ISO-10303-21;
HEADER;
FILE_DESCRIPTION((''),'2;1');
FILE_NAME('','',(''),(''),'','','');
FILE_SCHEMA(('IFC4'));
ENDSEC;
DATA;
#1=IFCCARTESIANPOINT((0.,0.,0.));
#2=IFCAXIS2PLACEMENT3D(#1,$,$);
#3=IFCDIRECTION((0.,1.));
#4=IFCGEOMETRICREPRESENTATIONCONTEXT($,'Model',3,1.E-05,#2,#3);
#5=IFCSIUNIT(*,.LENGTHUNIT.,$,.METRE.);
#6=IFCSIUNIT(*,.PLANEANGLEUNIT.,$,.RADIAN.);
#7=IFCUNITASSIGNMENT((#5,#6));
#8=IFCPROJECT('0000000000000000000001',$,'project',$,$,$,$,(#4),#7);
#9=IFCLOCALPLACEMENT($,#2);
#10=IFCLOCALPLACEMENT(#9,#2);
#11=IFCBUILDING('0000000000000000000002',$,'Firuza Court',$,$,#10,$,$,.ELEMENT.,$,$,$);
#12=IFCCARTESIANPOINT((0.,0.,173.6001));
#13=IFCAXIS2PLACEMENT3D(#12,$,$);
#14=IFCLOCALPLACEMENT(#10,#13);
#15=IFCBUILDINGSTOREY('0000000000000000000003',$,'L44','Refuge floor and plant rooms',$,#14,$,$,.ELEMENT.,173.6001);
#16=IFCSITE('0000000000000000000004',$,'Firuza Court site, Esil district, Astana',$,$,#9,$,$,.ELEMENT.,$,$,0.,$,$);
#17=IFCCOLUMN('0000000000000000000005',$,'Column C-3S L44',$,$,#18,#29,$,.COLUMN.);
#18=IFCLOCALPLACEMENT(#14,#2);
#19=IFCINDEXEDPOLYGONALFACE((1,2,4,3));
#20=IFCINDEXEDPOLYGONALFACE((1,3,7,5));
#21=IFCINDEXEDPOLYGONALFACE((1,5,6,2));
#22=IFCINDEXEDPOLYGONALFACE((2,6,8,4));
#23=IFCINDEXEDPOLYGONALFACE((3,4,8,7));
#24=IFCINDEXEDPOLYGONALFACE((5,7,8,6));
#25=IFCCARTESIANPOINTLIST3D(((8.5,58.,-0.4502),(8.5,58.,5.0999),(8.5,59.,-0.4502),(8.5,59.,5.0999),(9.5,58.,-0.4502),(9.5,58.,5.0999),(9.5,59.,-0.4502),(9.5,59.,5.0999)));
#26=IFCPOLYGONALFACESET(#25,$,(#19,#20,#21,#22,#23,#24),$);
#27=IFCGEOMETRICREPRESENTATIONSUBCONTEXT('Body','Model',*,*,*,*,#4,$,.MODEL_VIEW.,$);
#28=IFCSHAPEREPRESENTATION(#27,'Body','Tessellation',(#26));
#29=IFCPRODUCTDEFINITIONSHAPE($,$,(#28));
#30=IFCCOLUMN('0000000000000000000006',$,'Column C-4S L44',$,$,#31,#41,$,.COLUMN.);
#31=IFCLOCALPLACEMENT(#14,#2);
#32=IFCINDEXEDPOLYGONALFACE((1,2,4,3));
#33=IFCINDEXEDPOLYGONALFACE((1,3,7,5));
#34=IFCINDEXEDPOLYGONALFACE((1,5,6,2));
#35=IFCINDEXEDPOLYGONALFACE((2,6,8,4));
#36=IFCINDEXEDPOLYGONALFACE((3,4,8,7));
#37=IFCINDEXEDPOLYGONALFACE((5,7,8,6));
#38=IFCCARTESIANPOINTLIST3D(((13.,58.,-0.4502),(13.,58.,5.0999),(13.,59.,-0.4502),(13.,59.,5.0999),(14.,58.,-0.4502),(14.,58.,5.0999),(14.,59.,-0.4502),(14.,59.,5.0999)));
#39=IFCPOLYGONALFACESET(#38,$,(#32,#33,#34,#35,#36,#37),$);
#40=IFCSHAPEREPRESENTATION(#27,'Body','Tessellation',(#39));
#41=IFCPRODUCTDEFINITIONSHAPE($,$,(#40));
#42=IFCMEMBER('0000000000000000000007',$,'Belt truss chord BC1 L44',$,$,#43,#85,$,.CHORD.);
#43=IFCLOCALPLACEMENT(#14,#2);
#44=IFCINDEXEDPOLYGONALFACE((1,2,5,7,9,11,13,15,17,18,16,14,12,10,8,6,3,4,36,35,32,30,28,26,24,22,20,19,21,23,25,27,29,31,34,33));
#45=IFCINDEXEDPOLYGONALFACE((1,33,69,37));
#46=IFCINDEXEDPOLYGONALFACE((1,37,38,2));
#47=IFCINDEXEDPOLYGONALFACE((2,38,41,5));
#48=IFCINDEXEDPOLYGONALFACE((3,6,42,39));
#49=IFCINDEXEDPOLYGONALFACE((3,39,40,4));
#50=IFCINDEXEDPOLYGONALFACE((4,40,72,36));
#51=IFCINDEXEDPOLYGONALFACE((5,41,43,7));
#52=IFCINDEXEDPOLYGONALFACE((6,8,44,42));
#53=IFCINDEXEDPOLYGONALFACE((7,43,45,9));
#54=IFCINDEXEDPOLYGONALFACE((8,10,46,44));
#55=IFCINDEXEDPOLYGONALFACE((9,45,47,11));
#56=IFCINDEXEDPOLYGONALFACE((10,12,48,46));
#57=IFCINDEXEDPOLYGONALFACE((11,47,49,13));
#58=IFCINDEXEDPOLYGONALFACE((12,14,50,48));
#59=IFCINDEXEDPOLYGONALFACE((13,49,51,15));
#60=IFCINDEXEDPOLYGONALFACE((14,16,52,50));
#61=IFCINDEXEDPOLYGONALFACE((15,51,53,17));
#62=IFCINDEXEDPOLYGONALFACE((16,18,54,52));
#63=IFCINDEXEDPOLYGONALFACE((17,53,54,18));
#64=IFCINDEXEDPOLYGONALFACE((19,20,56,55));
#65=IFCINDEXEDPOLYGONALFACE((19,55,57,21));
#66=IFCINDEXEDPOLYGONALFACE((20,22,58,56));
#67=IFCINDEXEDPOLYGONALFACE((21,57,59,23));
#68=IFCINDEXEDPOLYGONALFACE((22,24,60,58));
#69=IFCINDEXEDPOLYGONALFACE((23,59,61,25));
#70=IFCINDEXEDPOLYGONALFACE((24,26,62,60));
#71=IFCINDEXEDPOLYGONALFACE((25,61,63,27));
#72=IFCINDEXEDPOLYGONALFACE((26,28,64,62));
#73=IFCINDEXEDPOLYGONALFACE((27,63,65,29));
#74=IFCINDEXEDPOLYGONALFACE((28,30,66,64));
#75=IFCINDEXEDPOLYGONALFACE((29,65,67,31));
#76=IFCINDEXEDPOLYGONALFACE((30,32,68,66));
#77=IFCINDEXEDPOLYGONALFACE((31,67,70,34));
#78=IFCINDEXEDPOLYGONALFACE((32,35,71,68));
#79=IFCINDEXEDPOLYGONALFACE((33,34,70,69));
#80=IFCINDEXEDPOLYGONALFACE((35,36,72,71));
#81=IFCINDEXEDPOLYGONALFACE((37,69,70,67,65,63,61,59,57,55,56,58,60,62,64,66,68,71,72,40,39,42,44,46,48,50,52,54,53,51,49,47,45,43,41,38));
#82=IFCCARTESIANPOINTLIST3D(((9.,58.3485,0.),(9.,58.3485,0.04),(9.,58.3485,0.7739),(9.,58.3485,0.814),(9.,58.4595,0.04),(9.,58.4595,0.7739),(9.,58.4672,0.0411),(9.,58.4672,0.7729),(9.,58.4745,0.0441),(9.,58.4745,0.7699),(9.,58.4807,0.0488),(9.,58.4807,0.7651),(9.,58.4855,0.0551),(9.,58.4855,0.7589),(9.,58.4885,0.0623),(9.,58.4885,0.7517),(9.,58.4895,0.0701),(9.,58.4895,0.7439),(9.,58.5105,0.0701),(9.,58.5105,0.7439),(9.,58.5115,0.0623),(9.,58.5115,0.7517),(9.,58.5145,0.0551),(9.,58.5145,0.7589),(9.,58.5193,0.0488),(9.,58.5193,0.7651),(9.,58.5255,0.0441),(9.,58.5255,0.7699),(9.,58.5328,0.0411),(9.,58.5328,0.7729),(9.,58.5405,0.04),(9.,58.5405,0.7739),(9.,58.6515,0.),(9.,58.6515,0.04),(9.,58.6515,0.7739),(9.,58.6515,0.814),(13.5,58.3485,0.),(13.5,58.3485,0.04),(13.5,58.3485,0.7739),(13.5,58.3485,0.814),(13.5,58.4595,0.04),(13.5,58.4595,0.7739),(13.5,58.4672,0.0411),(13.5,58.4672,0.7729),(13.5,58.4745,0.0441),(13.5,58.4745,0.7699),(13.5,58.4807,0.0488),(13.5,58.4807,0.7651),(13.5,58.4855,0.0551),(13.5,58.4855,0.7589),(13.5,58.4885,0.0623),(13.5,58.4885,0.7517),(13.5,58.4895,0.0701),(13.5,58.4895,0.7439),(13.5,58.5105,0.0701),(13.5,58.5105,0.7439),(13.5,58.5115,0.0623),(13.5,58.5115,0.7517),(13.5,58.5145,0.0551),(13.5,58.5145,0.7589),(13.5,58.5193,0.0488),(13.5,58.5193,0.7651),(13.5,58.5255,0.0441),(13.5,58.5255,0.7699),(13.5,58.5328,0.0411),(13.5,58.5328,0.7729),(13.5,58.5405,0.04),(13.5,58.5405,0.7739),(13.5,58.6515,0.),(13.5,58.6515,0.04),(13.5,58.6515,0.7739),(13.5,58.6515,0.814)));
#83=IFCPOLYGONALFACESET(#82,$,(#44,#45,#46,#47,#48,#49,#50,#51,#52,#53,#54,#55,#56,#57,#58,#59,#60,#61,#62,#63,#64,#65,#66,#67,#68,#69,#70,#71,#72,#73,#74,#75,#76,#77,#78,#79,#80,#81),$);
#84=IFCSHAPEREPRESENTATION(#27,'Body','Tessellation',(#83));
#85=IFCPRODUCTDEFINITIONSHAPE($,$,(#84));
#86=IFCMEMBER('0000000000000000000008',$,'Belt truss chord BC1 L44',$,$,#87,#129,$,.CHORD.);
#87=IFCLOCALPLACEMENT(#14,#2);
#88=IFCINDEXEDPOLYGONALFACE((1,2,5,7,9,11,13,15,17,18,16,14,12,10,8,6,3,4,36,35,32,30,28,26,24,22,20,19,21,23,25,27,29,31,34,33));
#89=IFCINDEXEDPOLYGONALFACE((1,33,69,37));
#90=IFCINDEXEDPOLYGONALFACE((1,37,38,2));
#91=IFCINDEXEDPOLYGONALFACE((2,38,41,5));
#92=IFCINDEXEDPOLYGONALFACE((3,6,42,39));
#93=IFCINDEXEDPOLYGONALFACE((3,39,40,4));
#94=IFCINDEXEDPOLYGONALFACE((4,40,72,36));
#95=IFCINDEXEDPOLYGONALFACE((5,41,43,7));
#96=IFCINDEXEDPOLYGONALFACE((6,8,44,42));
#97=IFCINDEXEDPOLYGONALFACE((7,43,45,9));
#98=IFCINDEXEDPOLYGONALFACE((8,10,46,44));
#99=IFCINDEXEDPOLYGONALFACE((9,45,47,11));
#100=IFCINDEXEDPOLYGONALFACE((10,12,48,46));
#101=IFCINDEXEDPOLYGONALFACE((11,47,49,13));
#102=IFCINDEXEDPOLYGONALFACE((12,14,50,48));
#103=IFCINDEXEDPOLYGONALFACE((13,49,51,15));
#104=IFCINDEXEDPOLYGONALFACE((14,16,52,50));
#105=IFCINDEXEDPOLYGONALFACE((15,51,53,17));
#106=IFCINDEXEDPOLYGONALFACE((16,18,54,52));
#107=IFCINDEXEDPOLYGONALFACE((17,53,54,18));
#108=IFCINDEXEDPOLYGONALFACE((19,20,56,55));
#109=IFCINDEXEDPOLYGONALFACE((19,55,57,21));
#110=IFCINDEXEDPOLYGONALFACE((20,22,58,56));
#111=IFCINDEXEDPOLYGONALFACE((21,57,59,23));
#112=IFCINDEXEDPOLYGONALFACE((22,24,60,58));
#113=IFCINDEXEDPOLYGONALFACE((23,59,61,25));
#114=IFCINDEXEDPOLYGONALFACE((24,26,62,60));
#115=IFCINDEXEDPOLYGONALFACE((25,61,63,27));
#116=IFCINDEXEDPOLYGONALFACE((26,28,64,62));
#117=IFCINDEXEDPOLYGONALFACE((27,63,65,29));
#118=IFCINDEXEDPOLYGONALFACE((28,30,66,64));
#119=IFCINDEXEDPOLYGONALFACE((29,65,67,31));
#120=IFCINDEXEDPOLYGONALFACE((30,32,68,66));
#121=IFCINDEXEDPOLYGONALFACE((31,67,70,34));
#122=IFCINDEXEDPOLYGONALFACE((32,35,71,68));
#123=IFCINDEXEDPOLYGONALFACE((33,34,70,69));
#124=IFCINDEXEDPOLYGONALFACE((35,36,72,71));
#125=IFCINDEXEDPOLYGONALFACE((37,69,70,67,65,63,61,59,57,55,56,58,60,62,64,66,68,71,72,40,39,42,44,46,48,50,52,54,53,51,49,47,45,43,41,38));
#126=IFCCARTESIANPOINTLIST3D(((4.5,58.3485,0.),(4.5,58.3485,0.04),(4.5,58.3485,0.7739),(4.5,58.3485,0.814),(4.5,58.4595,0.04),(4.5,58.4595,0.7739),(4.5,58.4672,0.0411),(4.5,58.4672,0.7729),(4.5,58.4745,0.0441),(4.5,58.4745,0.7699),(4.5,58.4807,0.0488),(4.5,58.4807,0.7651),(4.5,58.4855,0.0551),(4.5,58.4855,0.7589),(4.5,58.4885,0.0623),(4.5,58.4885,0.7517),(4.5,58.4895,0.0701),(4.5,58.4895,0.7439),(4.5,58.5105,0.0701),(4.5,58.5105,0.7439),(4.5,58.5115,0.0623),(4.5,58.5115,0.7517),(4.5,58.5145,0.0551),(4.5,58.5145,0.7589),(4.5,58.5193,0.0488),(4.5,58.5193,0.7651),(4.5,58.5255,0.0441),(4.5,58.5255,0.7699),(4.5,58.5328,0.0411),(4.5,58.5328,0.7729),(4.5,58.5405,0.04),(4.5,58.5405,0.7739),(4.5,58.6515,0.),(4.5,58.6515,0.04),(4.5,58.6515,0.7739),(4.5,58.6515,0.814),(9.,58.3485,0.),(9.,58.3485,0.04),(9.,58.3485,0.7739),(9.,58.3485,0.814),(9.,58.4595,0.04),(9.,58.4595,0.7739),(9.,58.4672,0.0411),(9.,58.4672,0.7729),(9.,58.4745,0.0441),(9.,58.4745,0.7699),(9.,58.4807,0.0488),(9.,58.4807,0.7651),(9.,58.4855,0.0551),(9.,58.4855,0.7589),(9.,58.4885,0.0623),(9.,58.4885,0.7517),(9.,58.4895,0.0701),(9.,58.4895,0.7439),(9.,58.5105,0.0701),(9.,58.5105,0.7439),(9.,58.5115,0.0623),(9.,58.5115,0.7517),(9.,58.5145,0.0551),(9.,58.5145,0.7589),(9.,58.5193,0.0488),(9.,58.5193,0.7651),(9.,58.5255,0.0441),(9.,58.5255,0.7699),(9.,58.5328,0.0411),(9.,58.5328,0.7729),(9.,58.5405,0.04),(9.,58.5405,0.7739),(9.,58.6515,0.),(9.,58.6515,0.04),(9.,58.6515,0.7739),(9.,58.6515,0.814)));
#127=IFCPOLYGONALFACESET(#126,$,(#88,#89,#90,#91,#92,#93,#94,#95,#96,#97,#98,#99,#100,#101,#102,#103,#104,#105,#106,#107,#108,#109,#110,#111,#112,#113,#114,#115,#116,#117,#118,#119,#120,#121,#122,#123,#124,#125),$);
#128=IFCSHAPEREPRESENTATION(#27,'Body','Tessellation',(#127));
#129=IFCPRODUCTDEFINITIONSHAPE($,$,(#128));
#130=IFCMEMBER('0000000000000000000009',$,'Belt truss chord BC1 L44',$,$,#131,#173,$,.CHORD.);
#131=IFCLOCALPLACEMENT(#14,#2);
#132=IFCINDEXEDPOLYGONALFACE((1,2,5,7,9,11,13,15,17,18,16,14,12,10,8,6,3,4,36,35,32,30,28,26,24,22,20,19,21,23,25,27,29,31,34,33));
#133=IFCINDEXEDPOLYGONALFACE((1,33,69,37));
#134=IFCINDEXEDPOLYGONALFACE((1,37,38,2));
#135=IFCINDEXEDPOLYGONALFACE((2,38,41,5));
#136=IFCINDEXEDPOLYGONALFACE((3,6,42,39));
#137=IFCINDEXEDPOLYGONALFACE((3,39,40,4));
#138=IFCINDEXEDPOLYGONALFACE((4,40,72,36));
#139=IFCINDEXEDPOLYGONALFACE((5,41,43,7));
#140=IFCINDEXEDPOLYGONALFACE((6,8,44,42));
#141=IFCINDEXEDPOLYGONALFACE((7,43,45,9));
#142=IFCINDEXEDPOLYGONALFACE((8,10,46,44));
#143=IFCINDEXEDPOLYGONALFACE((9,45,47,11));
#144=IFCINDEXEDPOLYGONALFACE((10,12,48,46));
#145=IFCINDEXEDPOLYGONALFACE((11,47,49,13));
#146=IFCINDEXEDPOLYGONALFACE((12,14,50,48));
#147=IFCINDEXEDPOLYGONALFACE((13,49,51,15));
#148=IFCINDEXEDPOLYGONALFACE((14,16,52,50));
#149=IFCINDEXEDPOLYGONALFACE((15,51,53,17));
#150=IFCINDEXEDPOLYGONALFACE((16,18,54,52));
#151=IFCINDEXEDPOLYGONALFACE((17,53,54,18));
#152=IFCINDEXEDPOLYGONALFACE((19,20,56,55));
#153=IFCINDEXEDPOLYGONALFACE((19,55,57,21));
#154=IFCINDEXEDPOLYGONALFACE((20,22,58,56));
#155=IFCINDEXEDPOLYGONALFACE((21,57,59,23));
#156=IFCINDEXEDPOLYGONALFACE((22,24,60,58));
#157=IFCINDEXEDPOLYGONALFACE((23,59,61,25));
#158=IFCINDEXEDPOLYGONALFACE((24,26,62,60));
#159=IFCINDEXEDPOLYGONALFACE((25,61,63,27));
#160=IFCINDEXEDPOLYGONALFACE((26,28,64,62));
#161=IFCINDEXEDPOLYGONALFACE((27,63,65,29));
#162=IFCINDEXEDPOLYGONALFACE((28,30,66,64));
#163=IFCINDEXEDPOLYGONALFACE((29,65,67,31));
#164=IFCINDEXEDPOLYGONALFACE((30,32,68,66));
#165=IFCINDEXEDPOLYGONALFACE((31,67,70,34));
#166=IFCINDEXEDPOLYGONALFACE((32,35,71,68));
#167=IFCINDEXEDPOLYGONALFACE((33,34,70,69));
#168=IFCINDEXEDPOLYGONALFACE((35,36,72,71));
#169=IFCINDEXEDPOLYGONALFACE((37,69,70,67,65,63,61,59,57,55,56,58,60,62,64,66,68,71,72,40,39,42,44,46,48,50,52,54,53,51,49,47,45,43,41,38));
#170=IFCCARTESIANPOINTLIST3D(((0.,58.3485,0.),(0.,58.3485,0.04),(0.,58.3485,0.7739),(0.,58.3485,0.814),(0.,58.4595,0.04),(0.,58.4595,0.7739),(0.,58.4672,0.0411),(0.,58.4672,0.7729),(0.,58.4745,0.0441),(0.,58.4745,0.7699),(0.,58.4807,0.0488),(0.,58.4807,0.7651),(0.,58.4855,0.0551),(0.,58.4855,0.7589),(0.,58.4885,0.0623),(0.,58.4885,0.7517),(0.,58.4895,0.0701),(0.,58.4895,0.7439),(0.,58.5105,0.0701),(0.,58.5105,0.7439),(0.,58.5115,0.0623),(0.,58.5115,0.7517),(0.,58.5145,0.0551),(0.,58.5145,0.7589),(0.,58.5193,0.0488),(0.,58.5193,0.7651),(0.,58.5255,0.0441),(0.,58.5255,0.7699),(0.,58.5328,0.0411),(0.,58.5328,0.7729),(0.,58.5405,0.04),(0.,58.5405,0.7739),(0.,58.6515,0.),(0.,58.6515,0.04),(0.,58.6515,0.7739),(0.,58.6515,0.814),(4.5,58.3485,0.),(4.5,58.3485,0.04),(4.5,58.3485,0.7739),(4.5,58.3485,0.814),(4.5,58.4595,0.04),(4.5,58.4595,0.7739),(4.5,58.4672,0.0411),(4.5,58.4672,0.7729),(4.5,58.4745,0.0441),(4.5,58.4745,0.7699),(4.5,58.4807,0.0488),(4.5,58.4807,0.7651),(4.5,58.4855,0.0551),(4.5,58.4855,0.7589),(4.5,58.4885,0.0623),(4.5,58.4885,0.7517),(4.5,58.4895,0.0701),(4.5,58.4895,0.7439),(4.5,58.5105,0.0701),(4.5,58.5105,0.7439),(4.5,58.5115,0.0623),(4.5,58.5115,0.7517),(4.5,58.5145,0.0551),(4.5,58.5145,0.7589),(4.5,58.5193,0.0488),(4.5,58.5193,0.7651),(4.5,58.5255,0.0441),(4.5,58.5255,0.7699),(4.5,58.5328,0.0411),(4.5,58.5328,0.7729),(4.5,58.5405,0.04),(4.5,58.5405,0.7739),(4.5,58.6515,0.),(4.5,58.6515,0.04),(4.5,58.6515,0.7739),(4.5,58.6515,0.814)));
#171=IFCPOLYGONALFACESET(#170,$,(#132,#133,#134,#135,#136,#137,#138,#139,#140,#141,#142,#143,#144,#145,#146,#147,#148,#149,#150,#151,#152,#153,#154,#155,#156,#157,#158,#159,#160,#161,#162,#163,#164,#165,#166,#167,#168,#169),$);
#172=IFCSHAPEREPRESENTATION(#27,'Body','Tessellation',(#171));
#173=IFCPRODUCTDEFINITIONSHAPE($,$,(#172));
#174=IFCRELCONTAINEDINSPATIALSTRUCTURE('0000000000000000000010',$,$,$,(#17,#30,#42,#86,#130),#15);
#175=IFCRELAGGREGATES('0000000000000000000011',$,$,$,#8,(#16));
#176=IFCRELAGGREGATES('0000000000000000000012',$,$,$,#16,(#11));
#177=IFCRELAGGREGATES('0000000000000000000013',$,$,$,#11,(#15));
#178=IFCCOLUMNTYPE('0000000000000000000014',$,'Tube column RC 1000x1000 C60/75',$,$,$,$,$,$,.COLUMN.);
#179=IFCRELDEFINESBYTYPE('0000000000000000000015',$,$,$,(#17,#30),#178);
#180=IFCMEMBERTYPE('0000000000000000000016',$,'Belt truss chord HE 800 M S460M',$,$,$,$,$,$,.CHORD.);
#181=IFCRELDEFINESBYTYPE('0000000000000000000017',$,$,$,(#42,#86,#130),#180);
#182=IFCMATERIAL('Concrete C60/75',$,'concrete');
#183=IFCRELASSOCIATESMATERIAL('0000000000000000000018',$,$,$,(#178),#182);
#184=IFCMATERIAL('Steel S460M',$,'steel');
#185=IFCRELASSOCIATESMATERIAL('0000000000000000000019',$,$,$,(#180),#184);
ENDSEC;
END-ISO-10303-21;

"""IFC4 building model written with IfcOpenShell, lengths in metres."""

from ifc_helpers import new_model, si_unit, direction, frame, origin, origin_2d, place, context, subcontext, project, spatial, rectangle, i_section, extrude, material, material_profile, profile_set, type_object, element, save


model = new_model("IFC4")

# Units and contexts
model_context = context("Model", 3, precision=1e-05, world=origin(), true_north=direction((0.0, 1.0)))
body_context = subcontext(model_context, "Body", "Model", "MODEL_VIEW")
ifc_project = project(units=[si_unit("LENGTHUNIT", "METRE"), si_unit("PLANEANGLEUNIT", "RADIAN")], contexts=[model_context])

# Site, building, storey
site_placement = place(None, origin())
site = spatial("IfcSite", under=ifc_project, at=site_placement, Name="Firuza Court site, Esil district, Astana", CompositionType="ELEMENT", RefElevation=0.0)
building_placement = place(site_placement, origin())
building = spatial("IfcBuilding", under=site, at=building_placement, Name="Firuza Court", CompositionType="ELEMENT")
storey_placement = place(building_placement, frame((0.0, 0.0, 173.6001)))
storey = spatial("IfcBuildingStorey", under=building, at=storey_placement, Name="L44", Description="Refuge floor and plant rooms", CompositionType="ELEMENT", Elevation=173.6001)

# Columns
ifc_material_1 = material(Name="Concrete C60/75", Category="concrete")
ifc_material_profile_1 = material_profile(ifc_material_1, rectangle(XDim=1.0, YDim=1.0, at=origin_2d()), Name="RC 1000x1000")
ifc_profile_set_1 = profile_set([ifc_material_profile_1], Name="Concrete C60/75")
column_type = type_object("IfcColumnType", Name="Tube column RC 1000x1000 C60/75", PredefinedType="COLUMN", material=ifc_profile_set_1)
for number, where, z_axis, x_axis, name in (
    (1, (9.0, 58.5, -0.4502), (0.0, 0.0, 1.0), (1.0, 0.0, 0.0), "Column C-3S L44"),
    (2, (13.5, 58.5, -0.4502), (0.0, 0.0, 1.0), (1.0, 0.0, 0.0), "Column C-4S L44"),
):
    element("IfcColumn", number, at=place(storey_placement, frame(where, z_axis=z_axis, x_axis=x_axis)), inside=storey, type_object=column_type, Name=name, PredefinedType="COLUMN", context=body_context, shape_type="SweptSolid", body=[
        extrude(rectangle(XDim=1.0, YDim=1.0, at=origin_2d()), origin(), (0.0, 0.0, 1.0), 5.55),
    ])

# Members
ifc_material_2 = material(Name="Steel S460M", Category="steel")
ifc_material_profile_2 = material_profile(ifc_material_2, i_section(OverallWidth=0.303, OverallDepth=0.814, WebThickness=0.021, FlangeThickness=0.04, FilletRadius=0.03, at=origin_2d()), Name="HE 800 M")
ifc_profile_set_2 = profile_set([ifc_material_profile_2], Name="Steel S460M")
member_type_1 = type_object("IfcMemberType", Name="Belt truss chord HE 800 M S460M", PredefinedType="CHORD", material=ifc_profile_set_2)
for number, where, z_axis, x_axis, name in (
    (3, (13.5, 58.5, 0.407), (-1.0, 0.0, 0.0), (0.0, -1.0, 0.0), "Belt truss chord BC1 L44"),
    (4, (9.0, 58.5, 0.407), (-1.0, 0.0, 0.0), (0.0, -1.0, 0.0), "Belt truss chord BC1 L44"),
    (5, (4.5, 58.5, 0.407), (-1.0, 0.0, 0.0), (0.0, -1.0, 0.0), "Belt truss chord BC1 L44"),
):
    element("IfcMember", number, at=place(storey_placement, frame(where, z_axis=z_axis, x_axis=x_axis)), inside=storey, type_object=member_type_1, Name=name, PredefinedType="CHORD", context=body_context, shape_type="SweptSolid", body=[
        extrude(i_section(OverallWidth=0.303, OverallDepth=0.814, WebThickness=0.021, FlangeThickness=0.04, FilletRadius=0.03, at=origin_2d()), origin(), (0.0, 0.0, 1.0), 4.5),
    ])

save(model, "model.ifc")
